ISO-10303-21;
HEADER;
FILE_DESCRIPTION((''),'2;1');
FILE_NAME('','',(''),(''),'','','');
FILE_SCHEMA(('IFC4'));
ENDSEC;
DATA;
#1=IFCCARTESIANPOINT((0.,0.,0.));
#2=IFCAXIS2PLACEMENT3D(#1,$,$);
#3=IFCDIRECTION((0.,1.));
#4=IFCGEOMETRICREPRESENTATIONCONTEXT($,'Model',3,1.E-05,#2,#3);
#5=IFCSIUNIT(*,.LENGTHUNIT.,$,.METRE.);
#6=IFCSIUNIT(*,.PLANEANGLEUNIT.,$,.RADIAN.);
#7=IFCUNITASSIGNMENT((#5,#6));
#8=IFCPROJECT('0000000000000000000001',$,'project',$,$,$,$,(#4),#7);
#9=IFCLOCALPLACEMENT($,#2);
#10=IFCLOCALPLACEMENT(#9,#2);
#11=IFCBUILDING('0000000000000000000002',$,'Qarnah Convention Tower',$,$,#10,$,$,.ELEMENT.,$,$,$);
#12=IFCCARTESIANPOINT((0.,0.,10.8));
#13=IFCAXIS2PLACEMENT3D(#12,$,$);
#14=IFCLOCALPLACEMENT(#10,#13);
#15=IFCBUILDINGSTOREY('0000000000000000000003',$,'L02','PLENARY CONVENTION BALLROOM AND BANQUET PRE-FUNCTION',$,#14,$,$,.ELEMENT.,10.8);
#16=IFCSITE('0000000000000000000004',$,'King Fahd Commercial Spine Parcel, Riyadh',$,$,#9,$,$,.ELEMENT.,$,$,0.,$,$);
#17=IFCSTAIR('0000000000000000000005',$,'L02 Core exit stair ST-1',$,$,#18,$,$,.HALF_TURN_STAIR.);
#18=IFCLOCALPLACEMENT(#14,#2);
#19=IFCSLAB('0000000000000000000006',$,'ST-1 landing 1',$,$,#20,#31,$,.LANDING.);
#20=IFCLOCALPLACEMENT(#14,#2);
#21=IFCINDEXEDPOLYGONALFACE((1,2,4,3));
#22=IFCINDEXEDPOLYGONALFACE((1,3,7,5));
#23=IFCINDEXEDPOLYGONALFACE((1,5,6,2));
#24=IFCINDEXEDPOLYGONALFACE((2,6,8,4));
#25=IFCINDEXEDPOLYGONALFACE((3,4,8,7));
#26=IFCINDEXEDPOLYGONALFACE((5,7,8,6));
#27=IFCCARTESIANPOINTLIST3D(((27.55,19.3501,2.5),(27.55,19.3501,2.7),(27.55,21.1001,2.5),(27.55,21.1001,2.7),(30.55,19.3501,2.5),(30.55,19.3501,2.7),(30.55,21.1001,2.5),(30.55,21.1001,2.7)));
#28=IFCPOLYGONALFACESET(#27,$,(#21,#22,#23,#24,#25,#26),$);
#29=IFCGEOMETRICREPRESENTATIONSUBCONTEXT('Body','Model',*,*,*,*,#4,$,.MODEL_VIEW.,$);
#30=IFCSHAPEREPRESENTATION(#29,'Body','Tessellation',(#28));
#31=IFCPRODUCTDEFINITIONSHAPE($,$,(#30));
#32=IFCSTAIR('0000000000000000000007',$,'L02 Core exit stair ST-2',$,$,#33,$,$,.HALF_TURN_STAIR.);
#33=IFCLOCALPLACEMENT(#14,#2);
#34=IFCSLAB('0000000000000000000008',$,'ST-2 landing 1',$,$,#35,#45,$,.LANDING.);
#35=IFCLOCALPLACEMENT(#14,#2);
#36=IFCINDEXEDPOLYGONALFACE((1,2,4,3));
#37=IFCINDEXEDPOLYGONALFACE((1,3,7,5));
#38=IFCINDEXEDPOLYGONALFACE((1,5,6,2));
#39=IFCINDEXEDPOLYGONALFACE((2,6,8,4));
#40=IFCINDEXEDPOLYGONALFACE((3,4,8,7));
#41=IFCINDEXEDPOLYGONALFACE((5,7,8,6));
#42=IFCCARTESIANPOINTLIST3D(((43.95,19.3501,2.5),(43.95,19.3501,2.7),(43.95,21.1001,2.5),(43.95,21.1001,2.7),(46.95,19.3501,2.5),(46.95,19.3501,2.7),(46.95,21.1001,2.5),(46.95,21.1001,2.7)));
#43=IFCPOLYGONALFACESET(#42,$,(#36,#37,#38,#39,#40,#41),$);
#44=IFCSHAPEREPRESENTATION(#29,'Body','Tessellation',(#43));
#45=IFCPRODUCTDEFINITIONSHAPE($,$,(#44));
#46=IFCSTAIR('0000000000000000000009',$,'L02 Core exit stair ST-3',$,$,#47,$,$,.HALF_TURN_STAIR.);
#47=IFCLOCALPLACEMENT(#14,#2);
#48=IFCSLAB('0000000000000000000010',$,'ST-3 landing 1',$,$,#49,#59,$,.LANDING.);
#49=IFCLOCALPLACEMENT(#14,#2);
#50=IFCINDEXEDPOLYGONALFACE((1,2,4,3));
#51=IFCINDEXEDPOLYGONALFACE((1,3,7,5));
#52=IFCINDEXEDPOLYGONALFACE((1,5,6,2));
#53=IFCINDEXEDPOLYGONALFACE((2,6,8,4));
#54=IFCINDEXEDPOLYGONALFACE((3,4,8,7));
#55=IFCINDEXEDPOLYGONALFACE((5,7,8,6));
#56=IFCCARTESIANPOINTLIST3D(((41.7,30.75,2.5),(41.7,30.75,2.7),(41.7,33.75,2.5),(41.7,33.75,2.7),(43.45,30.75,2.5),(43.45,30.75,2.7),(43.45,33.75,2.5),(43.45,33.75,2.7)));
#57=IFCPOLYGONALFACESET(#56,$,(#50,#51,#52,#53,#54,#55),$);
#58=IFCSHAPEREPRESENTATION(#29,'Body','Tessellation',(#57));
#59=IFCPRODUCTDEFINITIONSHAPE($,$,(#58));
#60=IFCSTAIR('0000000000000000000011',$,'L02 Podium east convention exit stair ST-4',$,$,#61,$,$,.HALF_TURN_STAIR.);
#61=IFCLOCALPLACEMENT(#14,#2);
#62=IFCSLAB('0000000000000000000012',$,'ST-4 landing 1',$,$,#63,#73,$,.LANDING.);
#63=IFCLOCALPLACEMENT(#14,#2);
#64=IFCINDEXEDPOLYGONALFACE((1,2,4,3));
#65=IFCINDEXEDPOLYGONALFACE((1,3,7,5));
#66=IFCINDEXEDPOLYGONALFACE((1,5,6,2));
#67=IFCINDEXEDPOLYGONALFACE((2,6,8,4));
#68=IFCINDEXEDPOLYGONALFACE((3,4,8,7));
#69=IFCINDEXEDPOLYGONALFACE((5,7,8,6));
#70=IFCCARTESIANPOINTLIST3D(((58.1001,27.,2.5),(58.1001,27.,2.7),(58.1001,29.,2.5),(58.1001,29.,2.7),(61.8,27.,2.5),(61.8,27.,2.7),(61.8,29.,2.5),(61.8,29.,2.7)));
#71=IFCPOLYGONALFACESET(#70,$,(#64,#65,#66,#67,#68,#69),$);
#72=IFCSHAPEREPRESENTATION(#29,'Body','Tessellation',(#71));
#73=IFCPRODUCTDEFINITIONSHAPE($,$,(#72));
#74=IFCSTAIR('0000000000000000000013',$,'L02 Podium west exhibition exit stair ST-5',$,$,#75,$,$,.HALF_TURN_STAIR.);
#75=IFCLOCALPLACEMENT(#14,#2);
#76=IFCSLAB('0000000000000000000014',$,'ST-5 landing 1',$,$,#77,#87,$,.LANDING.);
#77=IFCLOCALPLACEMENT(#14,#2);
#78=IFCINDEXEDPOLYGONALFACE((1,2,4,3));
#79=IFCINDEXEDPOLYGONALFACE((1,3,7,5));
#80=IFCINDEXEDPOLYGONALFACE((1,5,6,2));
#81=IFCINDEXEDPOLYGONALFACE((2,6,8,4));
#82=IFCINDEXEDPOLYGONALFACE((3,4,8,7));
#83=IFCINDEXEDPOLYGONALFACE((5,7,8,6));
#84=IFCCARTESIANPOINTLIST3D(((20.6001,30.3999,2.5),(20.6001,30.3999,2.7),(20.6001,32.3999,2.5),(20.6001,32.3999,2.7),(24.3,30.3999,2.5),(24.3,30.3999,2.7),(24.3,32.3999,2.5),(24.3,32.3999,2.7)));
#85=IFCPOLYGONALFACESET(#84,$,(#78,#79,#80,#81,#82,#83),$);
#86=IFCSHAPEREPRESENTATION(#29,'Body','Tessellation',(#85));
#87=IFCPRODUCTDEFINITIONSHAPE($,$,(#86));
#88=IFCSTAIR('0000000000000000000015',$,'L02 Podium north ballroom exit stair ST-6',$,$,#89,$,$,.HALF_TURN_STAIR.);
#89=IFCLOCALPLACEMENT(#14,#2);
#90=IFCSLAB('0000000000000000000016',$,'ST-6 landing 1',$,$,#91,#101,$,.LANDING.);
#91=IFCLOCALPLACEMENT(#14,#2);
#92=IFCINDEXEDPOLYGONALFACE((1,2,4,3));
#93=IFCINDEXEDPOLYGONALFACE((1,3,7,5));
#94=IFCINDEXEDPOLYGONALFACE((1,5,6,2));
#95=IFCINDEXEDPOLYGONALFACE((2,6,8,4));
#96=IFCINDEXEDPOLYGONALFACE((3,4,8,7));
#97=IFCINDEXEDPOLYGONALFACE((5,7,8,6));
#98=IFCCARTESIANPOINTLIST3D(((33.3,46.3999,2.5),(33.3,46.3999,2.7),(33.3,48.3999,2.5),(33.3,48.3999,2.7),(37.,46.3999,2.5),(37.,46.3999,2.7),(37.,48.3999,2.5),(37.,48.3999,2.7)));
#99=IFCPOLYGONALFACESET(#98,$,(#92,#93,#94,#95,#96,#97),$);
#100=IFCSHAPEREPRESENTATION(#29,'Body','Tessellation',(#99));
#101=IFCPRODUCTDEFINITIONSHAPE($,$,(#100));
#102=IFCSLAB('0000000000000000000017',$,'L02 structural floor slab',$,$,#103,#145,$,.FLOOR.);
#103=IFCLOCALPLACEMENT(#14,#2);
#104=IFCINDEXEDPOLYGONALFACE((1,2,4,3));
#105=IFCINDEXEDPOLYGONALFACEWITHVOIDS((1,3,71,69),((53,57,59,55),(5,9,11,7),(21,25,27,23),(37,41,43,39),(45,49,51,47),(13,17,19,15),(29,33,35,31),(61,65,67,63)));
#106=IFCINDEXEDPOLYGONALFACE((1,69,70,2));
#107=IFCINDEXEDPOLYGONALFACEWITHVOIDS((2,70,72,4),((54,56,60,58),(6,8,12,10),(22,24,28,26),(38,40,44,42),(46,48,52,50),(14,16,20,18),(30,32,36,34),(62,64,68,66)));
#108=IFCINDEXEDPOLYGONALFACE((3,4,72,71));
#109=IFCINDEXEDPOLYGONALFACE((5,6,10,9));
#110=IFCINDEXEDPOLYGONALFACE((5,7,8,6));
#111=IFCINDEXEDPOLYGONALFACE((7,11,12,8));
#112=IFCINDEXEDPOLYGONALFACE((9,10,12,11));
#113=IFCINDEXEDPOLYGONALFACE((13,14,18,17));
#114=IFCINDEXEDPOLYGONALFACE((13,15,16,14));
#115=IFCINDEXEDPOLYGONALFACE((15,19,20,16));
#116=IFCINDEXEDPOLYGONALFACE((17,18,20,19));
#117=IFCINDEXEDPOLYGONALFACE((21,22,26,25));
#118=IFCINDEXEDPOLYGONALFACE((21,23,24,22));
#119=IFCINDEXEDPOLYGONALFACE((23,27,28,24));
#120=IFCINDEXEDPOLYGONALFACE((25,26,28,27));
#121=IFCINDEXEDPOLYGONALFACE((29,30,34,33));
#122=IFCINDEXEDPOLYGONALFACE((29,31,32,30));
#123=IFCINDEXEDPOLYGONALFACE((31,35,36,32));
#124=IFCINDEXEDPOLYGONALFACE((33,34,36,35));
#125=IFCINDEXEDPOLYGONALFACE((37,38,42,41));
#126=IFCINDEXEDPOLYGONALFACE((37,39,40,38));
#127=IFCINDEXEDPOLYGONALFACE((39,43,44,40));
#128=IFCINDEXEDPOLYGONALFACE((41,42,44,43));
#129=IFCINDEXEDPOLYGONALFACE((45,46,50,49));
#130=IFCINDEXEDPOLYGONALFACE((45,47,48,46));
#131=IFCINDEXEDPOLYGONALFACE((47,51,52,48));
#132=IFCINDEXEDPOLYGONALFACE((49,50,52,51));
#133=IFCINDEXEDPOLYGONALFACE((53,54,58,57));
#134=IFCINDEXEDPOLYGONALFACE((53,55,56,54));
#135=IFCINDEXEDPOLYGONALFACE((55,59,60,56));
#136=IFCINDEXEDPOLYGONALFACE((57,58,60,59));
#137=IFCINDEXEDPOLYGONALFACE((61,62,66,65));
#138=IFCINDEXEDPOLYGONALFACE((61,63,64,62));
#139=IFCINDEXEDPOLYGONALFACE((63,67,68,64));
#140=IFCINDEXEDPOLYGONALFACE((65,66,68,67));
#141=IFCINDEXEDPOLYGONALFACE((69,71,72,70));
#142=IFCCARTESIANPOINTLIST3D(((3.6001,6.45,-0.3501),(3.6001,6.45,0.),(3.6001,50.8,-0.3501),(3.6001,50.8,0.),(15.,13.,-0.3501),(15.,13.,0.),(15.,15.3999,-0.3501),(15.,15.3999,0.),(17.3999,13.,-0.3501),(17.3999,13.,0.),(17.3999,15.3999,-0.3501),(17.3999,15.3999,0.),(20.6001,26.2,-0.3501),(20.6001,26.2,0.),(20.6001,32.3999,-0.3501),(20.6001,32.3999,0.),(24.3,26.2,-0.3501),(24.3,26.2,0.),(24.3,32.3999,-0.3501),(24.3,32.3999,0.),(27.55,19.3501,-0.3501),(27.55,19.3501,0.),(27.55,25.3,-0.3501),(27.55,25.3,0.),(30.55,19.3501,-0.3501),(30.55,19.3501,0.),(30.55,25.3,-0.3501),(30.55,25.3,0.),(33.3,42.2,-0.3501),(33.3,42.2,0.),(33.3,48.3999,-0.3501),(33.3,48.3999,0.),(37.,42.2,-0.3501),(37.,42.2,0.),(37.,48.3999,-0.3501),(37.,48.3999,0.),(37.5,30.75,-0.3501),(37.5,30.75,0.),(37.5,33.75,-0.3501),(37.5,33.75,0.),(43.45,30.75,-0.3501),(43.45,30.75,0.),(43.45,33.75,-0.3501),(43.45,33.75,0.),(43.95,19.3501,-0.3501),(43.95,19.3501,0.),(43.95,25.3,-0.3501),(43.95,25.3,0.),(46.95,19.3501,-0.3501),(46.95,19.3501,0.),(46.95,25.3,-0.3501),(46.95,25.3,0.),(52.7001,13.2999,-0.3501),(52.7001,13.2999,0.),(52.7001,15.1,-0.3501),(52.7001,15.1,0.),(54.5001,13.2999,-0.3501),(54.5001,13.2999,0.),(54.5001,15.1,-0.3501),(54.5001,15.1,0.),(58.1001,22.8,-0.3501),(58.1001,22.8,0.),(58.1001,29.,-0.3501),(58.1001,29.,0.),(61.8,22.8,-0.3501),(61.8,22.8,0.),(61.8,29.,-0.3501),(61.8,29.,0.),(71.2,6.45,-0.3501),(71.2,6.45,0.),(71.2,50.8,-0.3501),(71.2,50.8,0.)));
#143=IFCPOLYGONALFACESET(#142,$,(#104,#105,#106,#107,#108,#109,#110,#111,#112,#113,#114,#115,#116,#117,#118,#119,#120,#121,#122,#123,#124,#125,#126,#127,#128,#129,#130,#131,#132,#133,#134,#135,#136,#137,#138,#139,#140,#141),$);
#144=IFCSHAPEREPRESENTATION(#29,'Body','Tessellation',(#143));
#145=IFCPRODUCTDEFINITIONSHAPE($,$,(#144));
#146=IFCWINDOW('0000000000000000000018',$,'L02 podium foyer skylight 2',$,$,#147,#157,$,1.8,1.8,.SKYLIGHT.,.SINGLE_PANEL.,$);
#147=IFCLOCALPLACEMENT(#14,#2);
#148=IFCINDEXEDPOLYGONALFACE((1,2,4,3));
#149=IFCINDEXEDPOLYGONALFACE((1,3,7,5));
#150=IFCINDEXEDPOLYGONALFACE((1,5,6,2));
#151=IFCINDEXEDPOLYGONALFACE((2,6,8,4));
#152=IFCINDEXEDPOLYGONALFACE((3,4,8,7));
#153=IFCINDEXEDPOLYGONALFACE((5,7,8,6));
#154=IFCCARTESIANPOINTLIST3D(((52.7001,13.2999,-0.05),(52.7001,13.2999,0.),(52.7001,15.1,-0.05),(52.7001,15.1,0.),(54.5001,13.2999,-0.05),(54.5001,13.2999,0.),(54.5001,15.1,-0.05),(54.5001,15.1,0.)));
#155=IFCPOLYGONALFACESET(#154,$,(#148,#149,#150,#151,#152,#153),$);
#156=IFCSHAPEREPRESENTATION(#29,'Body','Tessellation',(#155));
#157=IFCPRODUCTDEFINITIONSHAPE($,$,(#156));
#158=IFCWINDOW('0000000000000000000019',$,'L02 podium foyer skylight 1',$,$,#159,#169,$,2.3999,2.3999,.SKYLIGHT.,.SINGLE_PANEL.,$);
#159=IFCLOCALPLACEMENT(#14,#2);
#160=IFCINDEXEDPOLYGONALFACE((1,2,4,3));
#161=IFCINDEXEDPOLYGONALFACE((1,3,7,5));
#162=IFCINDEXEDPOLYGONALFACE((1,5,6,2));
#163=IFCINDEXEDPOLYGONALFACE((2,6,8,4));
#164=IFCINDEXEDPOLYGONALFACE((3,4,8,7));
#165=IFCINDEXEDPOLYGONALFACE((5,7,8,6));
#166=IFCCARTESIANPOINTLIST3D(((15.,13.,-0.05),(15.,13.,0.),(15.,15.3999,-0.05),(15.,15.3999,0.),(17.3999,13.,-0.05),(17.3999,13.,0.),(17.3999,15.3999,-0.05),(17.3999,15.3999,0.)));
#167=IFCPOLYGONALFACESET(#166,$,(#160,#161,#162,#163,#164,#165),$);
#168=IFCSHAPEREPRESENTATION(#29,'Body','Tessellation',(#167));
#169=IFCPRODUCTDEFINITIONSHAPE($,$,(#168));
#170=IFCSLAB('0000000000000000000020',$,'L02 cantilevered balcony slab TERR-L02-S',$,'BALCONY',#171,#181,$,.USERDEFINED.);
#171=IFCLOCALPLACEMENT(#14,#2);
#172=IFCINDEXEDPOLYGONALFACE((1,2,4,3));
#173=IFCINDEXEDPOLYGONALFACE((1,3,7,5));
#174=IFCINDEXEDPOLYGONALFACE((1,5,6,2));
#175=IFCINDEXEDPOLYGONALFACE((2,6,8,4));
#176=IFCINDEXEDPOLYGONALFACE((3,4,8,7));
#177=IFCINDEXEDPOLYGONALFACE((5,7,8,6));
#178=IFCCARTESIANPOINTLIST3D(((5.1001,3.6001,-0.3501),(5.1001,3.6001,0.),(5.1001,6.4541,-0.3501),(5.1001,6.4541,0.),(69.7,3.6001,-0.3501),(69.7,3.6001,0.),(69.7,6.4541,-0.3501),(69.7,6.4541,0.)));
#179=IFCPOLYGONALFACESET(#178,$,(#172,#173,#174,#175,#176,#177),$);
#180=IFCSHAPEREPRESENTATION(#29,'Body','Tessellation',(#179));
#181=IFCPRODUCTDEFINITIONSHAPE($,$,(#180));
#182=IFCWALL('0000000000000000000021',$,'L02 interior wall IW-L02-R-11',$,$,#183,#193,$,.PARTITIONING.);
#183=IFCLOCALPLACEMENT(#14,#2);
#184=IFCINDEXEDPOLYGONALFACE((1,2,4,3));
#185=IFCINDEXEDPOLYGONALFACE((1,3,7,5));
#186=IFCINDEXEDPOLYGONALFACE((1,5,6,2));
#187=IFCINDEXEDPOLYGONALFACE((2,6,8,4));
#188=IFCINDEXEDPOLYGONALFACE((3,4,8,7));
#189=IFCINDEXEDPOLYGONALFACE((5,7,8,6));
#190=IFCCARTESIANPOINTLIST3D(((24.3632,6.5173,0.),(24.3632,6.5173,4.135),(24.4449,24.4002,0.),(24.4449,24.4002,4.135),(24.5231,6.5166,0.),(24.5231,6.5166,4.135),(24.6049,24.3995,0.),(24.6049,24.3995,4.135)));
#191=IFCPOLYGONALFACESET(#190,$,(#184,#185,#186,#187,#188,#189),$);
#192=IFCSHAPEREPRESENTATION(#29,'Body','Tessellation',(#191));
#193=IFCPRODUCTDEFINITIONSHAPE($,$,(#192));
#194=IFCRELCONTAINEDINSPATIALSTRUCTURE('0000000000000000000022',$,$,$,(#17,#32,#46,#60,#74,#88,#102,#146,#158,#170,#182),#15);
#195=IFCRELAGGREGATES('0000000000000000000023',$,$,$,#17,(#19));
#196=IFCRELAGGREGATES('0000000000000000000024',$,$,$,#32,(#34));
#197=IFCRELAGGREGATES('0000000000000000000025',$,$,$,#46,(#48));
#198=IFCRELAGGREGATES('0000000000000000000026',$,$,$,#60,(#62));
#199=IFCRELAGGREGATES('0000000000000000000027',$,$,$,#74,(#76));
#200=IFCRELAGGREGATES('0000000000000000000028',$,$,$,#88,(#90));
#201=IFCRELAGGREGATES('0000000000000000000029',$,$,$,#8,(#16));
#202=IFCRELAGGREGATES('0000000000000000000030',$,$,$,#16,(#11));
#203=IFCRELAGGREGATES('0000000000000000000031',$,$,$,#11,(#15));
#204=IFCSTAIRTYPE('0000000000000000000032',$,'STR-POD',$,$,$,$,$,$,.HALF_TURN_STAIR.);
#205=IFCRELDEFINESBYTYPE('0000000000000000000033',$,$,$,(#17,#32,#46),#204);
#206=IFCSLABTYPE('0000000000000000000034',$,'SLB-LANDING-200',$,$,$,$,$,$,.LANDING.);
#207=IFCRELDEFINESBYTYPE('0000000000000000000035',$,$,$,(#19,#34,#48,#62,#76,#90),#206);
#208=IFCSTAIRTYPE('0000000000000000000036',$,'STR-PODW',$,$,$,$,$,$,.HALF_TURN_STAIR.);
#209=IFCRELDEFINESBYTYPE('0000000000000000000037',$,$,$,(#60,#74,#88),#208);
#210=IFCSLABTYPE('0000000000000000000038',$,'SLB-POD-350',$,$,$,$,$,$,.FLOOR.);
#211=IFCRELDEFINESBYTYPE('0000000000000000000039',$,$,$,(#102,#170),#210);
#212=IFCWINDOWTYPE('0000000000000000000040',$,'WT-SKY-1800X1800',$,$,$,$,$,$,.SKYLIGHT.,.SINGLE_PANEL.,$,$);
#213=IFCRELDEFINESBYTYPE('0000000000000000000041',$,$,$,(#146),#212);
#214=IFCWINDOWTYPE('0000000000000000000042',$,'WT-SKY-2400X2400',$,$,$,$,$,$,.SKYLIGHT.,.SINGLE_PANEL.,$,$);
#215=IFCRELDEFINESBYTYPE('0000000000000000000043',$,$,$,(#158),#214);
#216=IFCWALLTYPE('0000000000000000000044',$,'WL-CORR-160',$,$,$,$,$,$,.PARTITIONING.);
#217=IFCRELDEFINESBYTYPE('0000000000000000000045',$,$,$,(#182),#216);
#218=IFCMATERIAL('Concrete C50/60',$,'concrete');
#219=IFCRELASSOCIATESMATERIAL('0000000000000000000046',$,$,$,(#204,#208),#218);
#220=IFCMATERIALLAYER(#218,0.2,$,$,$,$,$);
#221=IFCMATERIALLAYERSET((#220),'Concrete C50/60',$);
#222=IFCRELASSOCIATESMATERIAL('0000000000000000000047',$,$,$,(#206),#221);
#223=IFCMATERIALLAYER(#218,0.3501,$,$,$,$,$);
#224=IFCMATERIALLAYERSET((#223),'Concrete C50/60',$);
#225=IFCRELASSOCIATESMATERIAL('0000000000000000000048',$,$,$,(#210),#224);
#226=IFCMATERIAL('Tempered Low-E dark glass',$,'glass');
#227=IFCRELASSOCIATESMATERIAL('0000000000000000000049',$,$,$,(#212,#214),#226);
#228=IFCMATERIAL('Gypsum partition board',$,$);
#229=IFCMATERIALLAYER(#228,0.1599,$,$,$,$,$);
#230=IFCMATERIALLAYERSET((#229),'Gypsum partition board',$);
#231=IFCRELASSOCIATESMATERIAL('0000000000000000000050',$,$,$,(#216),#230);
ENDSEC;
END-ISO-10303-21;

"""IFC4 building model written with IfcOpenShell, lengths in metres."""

from ifc_helpers import new_model, si_unit, direction, frame, frame_2d, origin, origin_2d, place, context, subcontext, project, spatial, polyline, rectangle, outline, extrude, material, layer, layer_set, type_object, element, fill, aggregate, save


model = new_model("IFC4")

# Units and contexts
model_context = context("Model", 3, precision=1e-05, world=origin(), true_north=direction((0.0, 1.0)))
body_context = subcontext(model_context, "Body", "Model", "MODEL_VIEW")
ifc_project = project(units=[si_unit("LENGTHUNIT", "METRE"), si_unit("PLANEANGLEUNIT", "RADIAN")], contexts=[model_context])

# Site, building, storey
site_placement = place(None, origin())
site = spatial("IfcSite", under=ifc_project, at=site_placement, Name="King Fahd Commercial Spine Parcel, Riyadh", CompositionType="ELEMENT", RefElevation=0.0)
building_placement = place(site_placement, origin())
building = spatial("IfcBuilding", under=site, at=building_placement, Name="Qarnah Convention Tower", CompositionType="ELEMENT")
storey_placement = place(building_placement, frame((0.0, 0.0, 10.8)))
storey = spatial("IfcBuildingStorey", under=building, at=storey_placement, Name="L02", Description="PLENARY CONVENTION BALLROOM AND BANQUET PRE-FUNCTION", CompositionType="ELEMENT", Elevation=10.8)

# Stairs, slabs
ifc_material_1 = material(Name="Concrete C50/60", Category="concrete")
stair_type_1 = type_object("IfcStairType", Name="STR-POD", PredefinedType="HALF_TURN_STAIR", material=ifc_material_1)
stair_1_placement = place(storey_placement, origin())
stair_1 = element("IfcStair", 1, at=stair_1_placement, inside=storey, type_object=stair_type_1, Name="L02 Core exit stair ST-1", PredefinedType="HALF_TURN_STAIR")
ifc_layer_1 = layer(ifc_material_1, 0.2)
ifc_layer_set_1 = layer_set([ifc_layer_1], Name="Concrete C50/60")
slab_type_1 = type_object("IfcSlabType", Name="SLB-LANDING-200", PredefinedType="LANDING", material=ifc_layer_set_1)
slab_1_placement = place(storey_placement, frame((0.0, 0.0, 2.5)))
slab_1 = element("IfcSlab", 2, at=slab_1_placement, type_object=slab_type_1, Name="ST-1 landing 1", PredefinedType="LANDING", context=body_context, shape_type="SweptSolid", body=[
    extrude(outline(polyline([(27.55, 21.1001), (27.55, 19.3501), (30.55, 19.3501), (30.55, 21.1001), (27.55, 21.1001)])), origin(), (0.0, 0.0, 1.0), 0.2),
])
aggregate(stair_1, [slab_1])
stair_2_placement = place(storey_placement, origin())
stair_2 = element("IfcStair", 3, at=stair_2_placement, inside=storey, type_object=stair_type_1, Name="L02 Core exit stair ST-2", PredefinedType="HALF_TURN_STAIR")
slab_2_placement = place(storey_placement, frame((0.0, 0.0, 2.5)))
slab_2 = element("IfcSlab", 4, at=slab_2_placement, type_object=slab_type_1, Name="ST-2 landing 1", PredefinedType="LANDING", context=body_context, shape_type="SweptSolid", body=[
    extrude(outline(polyline([(43.95, 21.1001), (43.95, 19.3501), (46.95, 19.3501), (46.95, 21.1001), (43.95, 21.1001)])), origin(), (0.0, 0.0, 1.0), 0.2),
])
aggregate(stair_2, [slab_2])
stair_3_placement = place(storey_placement, origin())
stair_3 = element("IfcStair", 5, at=stair_3_placement, inside=storey, type_object=stair_type_1, Name="L02 Core exit stair ST-3", PredefinedType="HALF_TURN_STAIR")
slab_3_placement = place(storey_placement, frame((0.0, 0.0, 2.5)))
slab_3 = element("IfcSlab", 6, at=slab_3_placement, type_object=slab_type_1, Name="ST-3 landing 1", PredefinedType="LANDING", context=body_context, shape_type="SweptSolid", body=[
    extrude(outline(polyline([(41.7, 30.75), (43.45, 30.75), (43.45, 33.75), (41.7, 33.75), (41.7, 30.75)])), origin(), (0.0, 0.0, 1.0), 0.2),
])
aggregate(stair_3, [slab_3])
stair_type_2 = type_object("IfcStairType", Name="STR-PODW", PredefinedType="HALF_TURN_STAIR", material=ifc_material_1)
stair_4_placement = place(storey_placement, origin())
stair_4 = element("IfcStair", 7, at=stair_4_placement, inside=storey, type_object=stair_type_2, Name="L02 Podium east convention exit stair ST-4", PredefinedType="HALF_TURN_STAIR")
slab_4_placement = place(storey_placement, frame((0.0, 0.0, 2.5)))
slab_4 = element("IfcSlab", 8, at=slab_4_placement, type_object=slab_type_1, Name="ST-4 landing 1", PredefinedType="LANDING", context=body_context, shape_type="SweptSolid", body=[
    extrude(outline(polyline([(61.8, 27.0), (61.8, 29.0), (58.1001, 29.0), (58.1001, 27.0), (61.8, 27.0)])), origin(), (0.0, 0.0, 1.0), 0.2),
])
aggregate(stair_4, [slab_4])
stair_5_placement = place(storey_placement, origin())
stair_5 = element("IfcStair", 9, at=stair_5_placement, inside=storey, type_object=stair_type_2, Name="L02 Podium west exhibition exit stair ST-5", PredefinedType="HALF_TURN_STAIR")
slab_5_placement = place(storey_placement, frame((0.0, 0.0, 2.5)))
slab_5 = element("IfcSlab", 10, at=slab_5_placement, type_object=slab_type_1, Name="ST-5 landing 1", PredefinedType="LANDING", context=body_context, shape_type="SweptSolid", body=[
    extrude(outline(polyline([(24.3, 30.3999), (24.3, 32.3999), (20.6001, 32.3999), (20.6001, 30.3999), (24.3, 30.3999)])), origin(), (0.0, 0.0, 1.0), 0.2),
])
aggregate(stair_5, [slab_5])
stair_6_placement = place(storey_placement, origin())
stair_6 = element("IfcStair", 11, at=stair_6_placement, inside=storey, type_object=stair_type_2, Name="L02 Podium north ballroom exit stair ST-6", PredefinedType="HALF_TURN_STAIR")
slab_6_placement = place(storey_placement, frame((0.0, 0.0, 2.5)))
slab_6 = element("IfcSlab", 12, at=slab_6_placement, type_object=slab_type_1, Name="ST-6 landing 1", PredefinedType="LANDING", context=body_context, shape_type="SweptSolid", body=[
    extrude(outline(polyline([(37.0, 46.3999), (37.0, 48.3999), (33.3, 48.3999), (33.3, 46.3999), (37.0, 46.3999)])), origin(), (0.0, 0.0, 1.0), 0.2),
])
aggregate(stair_6, [slab_6])

# Slab, openings, windows
ifc_layer_2 = layer(ifc_material_1, 0.3501)
ifc_layer_set_2 = layer_set([ifc_layer_2], Name="Concrete C50/60")
slab_type_2 = type_object("IfcSlabType", Name="SLB-POD-350", PredefinedType="FLOOR", material=ifc_layer_set_2)
slab_7_placement = place(storey_placement, frame((0.0, 0.0, -0.3501)))
slab_7 = element("IfcSlab", 13, at=slab_7_placement, inside=storey, type_object=slab_type_2, Name="L02 structural floor slab", PredefinedType="FLOOR", context=body_context, shape_type="SweptSolid", body=[
    extrude(outline(polyline([(3.6001, 6.45), (71.2, 6.45), (71.2, 50.8), (3.6001, 50.8), (3.6001, 6.45)]), holes=[polyline([(27.55, 25.3), (27.55, 19.3501), (30.55, 19.3501), (30.55, 25.3), (27.55, 25.3)]), polyline([(43.95, 25.3), (43.95, 19.3501), (46.95, 19.3501), (46.95, 25.3), (43.95, 25.3)]), polyline([(37.5, 30.75), (43.45, 30.75), (43.45, 33.75), (37.5, 33.75), (37.5, 30.75)]), polyline([(61.8, 22.8), (61.8, 29.0), (58.1001, 29.0), (58.1001, 22.8), (61.8, 22.8)]), polyline([(24.3, 26.2), (24.3, 32.3999), (20.6001, 32.3999), (20.6001, 26.2), (24.3, 26.2)]), polyline([(37.0, 42.2), (37.0, 48.3999), (33.3, 48.3999), (33.3, 42.2), (37.0, 42.2)])]), origin(), (0.0, 0.0, 1.0), 0.3501),
])
opening_1_placement = place(slab_7_placement, frame((16.2, 14.2, 0.0)))
opening_1 = element("IfcOpeningElement", 14, at=opening_1_placement, cuts=slab_7, PredefinedType="OPENING", context=body_context, shape_type="SweptSolid", body=[
    extrude(rectangle(XDim=2.3999, YDim=2.3999, at=origin_2d()), origin(), (0.0, 0.0, 1.0), 0.3501),
])
opening_2_placement = place(slab_7_placement, frame((53.6001, 14.2, 0.0)))
opening_2 = element("IfcOpeningElement", 15, at=opening_2_placement, cuts=slab_7, PredefinedType="OPENING", context=body_context, shape_type="SweptSolid", body=[
    extrude(rectangle(XDim=1.8, YDim=1.8, at=origin_2d()), origin(), (0.0, 0.0, 1.0), 0.3501),
])
ifc_material_2 = material(Name="Tempered Low-E dark glass", Category="glass")
window_type_1 = type_object("IfcWindowType", Name="WT-SKY-1800X1800", PartitioningType="SINGLE_PANEL", PredefinedType="SKYLIGHT", material=ifc_material_2)
window_1_placement = place(opening_2_placement, frame((0.0, 0.0, 0.3)))
window_1 = element("IfcWindow", 16, at=window_1_placement, inside=storey, type_object=window_type_1, Name="L02 podium foyer skylight 2", OverallHeight=1.8, OverallWidth=1.8, PartitioningType="SINGLE_PANEL", PredefinedType="SKYLIGHT", context=body_context, shape_type="SweptSolid", body=[
    extrude(rectangle(XDim=1.8, YDim=1.8, at=origin_2d()), origin(), (0.0, 0.0, 1.0), 0.05),
])
fill(opening_2, window_1)
window_type_2 = type_object("IfcWindowType", Name="WT-SKY-2400X2400", PartitioningType="SINGLE_PANEL", PredefinedType="SKYLIGHT", material=ifc_material_2)
window_2_placement = place(opening_1_placement, frame((0.0, 0.0, 0.3)))
window_2 = element("IfcWindow", 17, at=window_2_placement, inside=storey, type_object=window_type_2, Name="L02 podium foyer skylight 1", OverallHeight=2.3999, OverallWidth=2.3999, PartitioningType="SINGLE_PANEL", PredefinedType="SKYLIGHT", context=body_context, shape_type="SweptSolid", body=[
    extrude(rectangle(XDim=2.3999, YDim=2.3999, at=origin_2d()), origin(), (0.0, 0.0, 1.0), 0.05),
])
fill(opening_1, window_2)

# Slab
slab_8_placement = place(storey_placement, frame((0.0, 0.0, -0.3501)))
element("IfcSlab", 18, at=slab_8_placement, inside=storey, type_object=slab_type_2, Name="L02 cantilevered balcony slab TERR-L02-S", ObjectType="BALCONY", PredefinedType="USERDEFINED", context=body_context, shape_type="SweptSolid", body=[
    extrude(outline(polyline([(69.7, 3.6001), (5.1001, 3.6001), (5.1001, 6.4541), (69.7, 6.4541), (69.7, 3.6001)])), origin(), (0.0, 0.0, 1.0), 0.3501),
])

# Wall
ifc_material_3 = material(Name="Gypsum partition board")
ifc_layer_3 = layer(ifc_material_3, 0.1599)
ifc_layer_set_3 = layer_set([ifc_layer_3], Name="Gypsum partition board")
wall_type_1 = type_object("IfcWallType", Name="WL-CORR-160", PredefinedType="PARTITIONING", material=ifc_layer_set_3)
wall_1_placement = place(storey_placement, frame((24.4431, 6.5171, 0.0), z_axis=(0.0, 0.0, 1.0), x_axis=(0.004573, 0.99999, 0.0)))
element("IfcWall", 19, at=wall_1_placement, inside=storey, type_object=wall_type_1, Name="L02 interior wall IW-L02-R-11", PredefinedType="PARTITIONING", context=body_context, shape_type="SweptSolid", body=[
    extrude(rectangle(XDim=17.8831, YDim=0.1599, at=frame_2d((8.9414, 0.0))), origin(), (0.0, 0.0, 1.0), 4.135),
])

save(model, "model.ifc")
